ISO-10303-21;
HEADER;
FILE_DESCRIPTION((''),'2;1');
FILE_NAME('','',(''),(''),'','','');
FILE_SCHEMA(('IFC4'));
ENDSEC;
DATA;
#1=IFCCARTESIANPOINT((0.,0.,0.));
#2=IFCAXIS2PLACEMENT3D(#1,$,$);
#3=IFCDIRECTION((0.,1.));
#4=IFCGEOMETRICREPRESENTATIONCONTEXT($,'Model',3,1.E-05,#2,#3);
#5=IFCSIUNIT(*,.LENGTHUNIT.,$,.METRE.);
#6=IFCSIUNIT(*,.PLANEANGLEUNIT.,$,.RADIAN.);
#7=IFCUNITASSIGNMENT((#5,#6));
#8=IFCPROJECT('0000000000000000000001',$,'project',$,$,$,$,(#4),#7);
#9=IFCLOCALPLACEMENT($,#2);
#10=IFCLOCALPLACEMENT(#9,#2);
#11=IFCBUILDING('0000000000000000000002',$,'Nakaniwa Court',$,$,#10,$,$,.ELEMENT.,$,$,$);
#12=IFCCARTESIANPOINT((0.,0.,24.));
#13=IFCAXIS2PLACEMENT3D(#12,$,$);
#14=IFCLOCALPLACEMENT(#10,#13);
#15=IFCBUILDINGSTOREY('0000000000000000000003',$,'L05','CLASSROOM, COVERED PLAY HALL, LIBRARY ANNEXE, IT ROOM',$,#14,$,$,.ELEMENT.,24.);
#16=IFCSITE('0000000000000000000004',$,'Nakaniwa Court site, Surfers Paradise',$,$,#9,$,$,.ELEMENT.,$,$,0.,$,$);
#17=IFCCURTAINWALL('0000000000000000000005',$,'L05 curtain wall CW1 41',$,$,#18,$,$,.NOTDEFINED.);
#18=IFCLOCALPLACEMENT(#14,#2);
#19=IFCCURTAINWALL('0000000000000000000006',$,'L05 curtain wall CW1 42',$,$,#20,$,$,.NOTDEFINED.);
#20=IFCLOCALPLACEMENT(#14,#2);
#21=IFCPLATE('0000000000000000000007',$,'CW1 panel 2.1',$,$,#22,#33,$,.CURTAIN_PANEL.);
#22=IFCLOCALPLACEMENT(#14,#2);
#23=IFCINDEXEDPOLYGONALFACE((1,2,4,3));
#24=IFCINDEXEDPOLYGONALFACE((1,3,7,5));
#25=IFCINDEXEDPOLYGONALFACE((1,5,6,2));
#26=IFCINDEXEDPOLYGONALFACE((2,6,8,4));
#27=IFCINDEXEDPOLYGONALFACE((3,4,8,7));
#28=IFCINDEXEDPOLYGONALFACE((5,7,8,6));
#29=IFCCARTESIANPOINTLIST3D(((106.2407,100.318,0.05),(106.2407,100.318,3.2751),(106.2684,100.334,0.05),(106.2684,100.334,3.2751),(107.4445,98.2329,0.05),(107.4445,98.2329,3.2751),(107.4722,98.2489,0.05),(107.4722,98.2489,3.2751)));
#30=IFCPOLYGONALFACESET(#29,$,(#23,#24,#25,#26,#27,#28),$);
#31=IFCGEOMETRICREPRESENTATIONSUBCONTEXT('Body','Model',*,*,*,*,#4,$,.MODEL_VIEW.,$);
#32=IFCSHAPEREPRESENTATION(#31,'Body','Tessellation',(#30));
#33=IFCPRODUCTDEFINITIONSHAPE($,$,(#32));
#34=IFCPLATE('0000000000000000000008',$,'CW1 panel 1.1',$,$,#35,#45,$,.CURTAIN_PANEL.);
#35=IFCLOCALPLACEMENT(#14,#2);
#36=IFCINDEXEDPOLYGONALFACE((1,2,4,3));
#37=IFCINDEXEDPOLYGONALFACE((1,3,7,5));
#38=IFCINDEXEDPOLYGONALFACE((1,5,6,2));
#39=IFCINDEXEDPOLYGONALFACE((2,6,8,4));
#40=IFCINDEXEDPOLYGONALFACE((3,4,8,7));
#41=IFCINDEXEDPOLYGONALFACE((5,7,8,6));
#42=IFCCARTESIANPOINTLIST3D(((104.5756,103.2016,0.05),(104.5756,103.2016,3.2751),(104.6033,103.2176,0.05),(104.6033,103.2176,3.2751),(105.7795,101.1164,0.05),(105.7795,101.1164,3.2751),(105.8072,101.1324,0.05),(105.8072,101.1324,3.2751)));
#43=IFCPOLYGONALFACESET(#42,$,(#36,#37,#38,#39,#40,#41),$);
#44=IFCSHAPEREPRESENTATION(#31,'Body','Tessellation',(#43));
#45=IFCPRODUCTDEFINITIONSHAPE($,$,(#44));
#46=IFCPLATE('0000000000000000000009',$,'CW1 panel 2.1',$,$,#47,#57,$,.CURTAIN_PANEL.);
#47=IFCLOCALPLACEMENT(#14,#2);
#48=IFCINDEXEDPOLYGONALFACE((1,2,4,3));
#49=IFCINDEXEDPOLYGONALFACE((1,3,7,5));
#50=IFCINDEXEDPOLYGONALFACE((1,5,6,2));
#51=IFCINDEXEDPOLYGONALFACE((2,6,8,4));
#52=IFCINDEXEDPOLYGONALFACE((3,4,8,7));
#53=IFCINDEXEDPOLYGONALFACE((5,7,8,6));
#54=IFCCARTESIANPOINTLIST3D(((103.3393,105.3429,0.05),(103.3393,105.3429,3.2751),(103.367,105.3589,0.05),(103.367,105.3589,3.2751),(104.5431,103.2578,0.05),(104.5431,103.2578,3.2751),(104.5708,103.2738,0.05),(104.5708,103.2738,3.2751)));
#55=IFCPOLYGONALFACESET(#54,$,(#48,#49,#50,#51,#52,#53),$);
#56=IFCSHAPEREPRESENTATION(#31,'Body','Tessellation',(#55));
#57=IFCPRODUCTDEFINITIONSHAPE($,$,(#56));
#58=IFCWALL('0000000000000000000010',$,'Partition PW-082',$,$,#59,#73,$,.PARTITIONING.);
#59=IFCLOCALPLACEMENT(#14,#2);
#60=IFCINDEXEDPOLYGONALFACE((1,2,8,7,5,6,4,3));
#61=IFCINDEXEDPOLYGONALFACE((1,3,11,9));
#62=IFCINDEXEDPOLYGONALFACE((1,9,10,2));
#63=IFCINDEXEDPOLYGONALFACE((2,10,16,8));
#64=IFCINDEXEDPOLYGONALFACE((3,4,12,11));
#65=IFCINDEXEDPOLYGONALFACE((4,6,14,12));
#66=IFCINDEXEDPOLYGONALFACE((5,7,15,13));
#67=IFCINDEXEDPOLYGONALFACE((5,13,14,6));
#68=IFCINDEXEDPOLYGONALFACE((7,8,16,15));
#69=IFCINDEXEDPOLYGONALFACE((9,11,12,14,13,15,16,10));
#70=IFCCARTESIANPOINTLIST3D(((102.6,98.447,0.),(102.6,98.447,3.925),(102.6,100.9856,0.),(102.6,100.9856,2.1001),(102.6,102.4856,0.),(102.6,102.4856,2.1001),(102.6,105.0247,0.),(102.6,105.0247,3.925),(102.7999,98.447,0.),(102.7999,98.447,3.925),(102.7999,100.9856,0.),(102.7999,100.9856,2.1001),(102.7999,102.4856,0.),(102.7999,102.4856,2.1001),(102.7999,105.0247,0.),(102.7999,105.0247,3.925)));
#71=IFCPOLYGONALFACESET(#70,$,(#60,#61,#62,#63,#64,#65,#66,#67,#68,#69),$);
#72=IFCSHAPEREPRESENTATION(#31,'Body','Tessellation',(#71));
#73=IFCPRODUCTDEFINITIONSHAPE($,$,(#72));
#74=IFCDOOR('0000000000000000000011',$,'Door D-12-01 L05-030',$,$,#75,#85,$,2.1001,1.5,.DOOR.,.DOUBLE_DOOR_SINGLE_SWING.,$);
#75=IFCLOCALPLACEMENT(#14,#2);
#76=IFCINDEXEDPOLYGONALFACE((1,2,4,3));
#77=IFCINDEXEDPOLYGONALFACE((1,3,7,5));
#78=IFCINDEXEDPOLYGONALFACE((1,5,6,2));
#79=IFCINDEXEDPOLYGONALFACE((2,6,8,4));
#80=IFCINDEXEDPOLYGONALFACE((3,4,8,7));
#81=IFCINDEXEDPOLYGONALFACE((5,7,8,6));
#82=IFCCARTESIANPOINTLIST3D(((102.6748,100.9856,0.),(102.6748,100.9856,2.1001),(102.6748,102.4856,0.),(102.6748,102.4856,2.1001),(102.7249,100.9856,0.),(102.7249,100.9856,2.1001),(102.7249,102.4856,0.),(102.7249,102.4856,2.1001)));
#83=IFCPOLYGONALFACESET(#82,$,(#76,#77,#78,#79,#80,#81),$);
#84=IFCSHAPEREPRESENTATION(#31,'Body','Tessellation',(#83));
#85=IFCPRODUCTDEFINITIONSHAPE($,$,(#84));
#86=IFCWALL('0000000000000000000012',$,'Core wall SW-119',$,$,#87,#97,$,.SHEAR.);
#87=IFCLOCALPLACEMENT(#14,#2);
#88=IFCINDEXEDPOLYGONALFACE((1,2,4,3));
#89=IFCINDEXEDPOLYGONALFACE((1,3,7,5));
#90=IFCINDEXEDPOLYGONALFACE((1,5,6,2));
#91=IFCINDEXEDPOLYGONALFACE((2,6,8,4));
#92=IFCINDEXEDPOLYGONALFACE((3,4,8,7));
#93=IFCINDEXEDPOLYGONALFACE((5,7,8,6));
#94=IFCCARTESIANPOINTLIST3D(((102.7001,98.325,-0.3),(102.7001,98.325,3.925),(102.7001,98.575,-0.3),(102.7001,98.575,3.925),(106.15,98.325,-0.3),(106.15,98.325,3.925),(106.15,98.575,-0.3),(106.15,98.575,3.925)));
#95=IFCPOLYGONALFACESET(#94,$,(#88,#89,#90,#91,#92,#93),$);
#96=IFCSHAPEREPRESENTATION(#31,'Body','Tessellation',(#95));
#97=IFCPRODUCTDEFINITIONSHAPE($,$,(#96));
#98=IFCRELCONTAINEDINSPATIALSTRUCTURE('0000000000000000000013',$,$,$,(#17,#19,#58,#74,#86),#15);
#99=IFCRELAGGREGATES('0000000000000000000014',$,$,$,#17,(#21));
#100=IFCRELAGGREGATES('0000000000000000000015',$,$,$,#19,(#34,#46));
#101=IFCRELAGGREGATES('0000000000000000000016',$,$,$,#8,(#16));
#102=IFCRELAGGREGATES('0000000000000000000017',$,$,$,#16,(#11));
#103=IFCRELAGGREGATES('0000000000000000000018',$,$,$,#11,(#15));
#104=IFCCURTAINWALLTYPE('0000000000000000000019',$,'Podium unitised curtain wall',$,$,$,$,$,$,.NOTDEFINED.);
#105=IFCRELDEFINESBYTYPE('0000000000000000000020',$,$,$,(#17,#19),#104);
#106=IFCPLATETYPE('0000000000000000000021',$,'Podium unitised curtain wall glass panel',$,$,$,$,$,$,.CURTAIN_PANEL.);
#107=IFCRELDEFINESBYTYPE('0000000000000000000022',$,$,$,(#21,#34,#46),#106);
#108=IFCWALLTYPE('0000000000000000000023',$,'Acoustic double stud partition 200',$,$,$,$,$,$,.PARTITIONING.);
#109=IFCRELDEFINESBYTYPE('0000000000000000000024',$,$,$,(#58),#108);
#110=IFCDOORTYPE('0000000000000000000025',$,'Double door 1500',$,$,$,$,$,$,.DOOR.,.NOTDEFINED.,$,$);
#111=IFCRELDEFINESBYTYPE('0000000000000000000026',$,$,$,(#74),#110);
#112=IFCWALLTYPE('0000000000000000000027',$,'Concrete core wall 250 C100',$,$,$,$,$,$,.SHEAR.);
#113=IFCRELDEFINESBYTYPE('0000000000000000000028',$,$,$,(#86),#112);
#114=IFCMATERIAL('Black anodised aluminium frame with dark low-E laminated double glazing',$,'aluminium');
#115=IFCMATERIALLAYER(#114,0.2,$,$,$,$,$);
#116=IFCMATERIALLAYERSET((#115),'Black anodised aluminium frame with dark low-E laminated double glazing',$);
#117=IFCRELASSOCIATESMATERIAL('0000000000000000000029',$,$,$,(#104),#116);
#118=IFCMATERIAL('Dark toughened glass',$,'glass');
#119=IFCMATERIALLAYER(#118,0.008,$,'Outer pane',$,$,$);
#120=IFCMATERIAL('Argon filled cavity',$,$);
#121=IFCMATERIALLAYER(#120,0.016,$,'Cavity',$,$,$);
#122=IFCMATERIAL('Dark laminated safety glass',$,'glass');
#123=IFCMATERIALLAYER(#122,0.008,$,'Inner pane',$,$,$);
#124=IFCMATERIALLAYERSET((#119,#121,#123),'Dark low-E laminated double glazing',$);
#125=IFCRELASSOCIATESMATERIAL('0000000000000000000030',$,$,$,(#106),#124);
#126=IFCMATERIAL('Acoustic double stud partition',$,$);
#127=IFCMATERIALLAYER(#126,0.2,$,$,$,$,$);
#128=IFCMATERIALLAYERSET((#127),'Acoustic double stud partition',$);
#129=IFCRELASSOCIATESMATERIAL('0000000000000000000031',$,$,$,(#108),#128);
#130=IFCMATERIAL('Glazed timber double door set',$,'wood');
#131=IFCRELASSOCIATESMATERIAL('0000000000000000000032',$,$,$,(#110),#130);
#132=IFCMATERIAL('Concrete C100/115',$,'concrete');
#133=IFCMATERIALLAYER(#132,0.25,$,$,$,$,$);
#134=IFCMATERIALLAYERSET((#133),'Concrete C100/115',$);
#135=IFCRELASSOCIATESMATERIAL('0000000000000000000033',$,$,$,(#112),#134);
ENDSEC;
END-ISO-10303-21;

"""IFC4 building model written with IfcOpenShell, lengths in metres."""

from ifc_helpers import new_model, si_unit, direction, frame, frame_2d, origin, origin_2d, place, context, subcontext, project, spatial, rectangle, extrude, material, layer, layer_set, type_object, element, fill, aggregate, save


model = new_model("IFC4")

# Units and contexts
model_context = context("Model", 3, precision=1e-05, world=origin(), true_north=direction((0.0, 1.0)))
body_context = subcontext(model_context, "Body", "Model", "MODEL_VIEW")
ifc_project = project(units=[si_unit("LENGTHUNIT", "METRE"), si_unit("PLANEANGLEUNIT", "RADIAN")], contexts=[model_context])

# Site, building, storey
site_placement = place(None, origin())
site = spatial("IfcSite", under=ifc_project, at=site_placement, Name="Nakaniwa Court site, Surfers Paradise", CompositionType="ELEMENT", RefElevation=0.0)
building_placement = place(site_placement, origin())
building = spatial("IfcBuilding", under=site, at=building_placement, Name="Nakaniwa Court", CompositionType="ELEMENT")
storey_placement = place(building_placement, frame((0.0, 0.0, 24.0)))
storey = spatial("IfcBuildingStorey", under=building, at=storey_placement, Name="L05", Description="CLASSROOM, COVERED PLAY HALL, LIBRARY ANNEXE, IT ROOM", CompositionType="ELEMENT", Elevation=24.0)

# Shared definitions
ifc_material_1 = material(Name="Concrete C100/115", Category="concrete")

# Curtain walls
ifc_material_2 = material(Name="Black anodised aluminium frame with dark low-E laminated double glazing", Category="aluminium")
ifc_layer_1 = layer(ifc_material_2, 0.2)
ifc_layer_set_1 = layer_set([ifc_layer_1], Name="Black anodised aluminium frame with dark low-E laminated double glazing")
curtain_wall_type = type_object("IfcCurtainWallType", Name="Podium unitised curtain wall", PredefinedType="NOTDEFINED", material=ifc_layer_set_1)
curtain_wall_1_placement = place(storey_placement, origin())
curtain_wall_1 = element("IfcCurtainWall", 1, at=curtain_wall_1_placement, inside=storey, type_object=curtain_wall_type, Name="L05 curtain wall CW1 41", PredefinedType="NOTDEFINED")
curtain_wall_2_placement = place(storey_placement, origin())
curtain_wall_2 = element("IfcCurtainWall", 2, at=curtain_wall_2_placement, inside=storey, type_object=curtain_wall_type, Name="L05 curtain wall CW1 42", PredefinedType="NOTDEFINED")

# Plates
ifc_material_3 = material(Name="Dark toughened glass", Category="glass")
ifc_layer_2 = layer(ifc_material_3, 0.008, Name="Outer pane")
ifc_material_4 = material(Name="Argon filled cavity")
ifc_layer_3 = layer(ifc_material_4, 0.016, Name="Cavity")
ifc_material_5 = material(Name="Dark laminated safety glass", Category="glass")
ifc_layer_4 = layer(ifc_material_5, 0.008, Name="Inner pane")
ifc_layer_set_2 = layer_set([ifc_layer_2, ifc_layer_3, ifc_layer_4], Name="Dark low-E laminated double glazing")
plate_type = type_object("IfcPlateType", Name="Podium unitised curtain wall glass panel", PredefinedType="CURTAIN_PANEL", material=ifc_layer_set_2)
plate_1_placement = place(storey_placement, frame((106.8564, 99.2834, 0.05), z_axis=(0.0, 0.0, 1.0), x_axis=(-0.499994, 0.866029, 0.0)))
plate_1 = element("IfcPlate", 3, at=plate_1_placement, type_object=plate_type, Name="CW1 panel 2.1", PredefinedType="CURTAIN_PANEL", context=body_context, shape_type="SweptSolid", body=[
    extrude(rectangle(XDim=2.4077, YDim=0.032, at=origin_2d()), origin(), (0.0, 0.0, 1.0), 3.2251),
])
aggregate(curtain_wall_1, [plate_1])
plate_2_placement = place(storey_placement, frame((105.1914, 102.167, 0.05), z_axis=(0.0, 0.0, 1.0), x_axis=(-0.499988, 0.866032, 0.0)))
plate_2 = element("IfcPlate", 4, at=plate_2_placement, type_object=plate_type, Name="CW1 panel 1.1", PredefinedType="CURTAIN_PANEL", context=body_context, shape_type="SweptSolid", body=[
    extrude(rectangle(XDim=2.4077, YDim=0.032, at=origin_2d()), origin(), (0.0, 0.0, 1.0), 3.2251),
])
plate_3_placement = place(storey_placement, frame((103.9551, 104.3083, 0.05), z_axis=(0.0, 0.0, 1.0), x_axis=(-0.499988, 0.866032, 0.0)))
plate_3 = element("IfcPlate", 5, at=plate_3_placement, type_object=plate_type, Name="CW1 panel 2.1", PredefinedType="CURTAIN_PANEL", context=body_context, shape_type="SweptSolid", body=[
    extrude(rectangle(XDim=2.4077, YDim=0.032, at=origin_2d()), origin(), (0.0, 0.0, 1.0), 3.2251),
])
aggregate(curtain_wall_2, [plate_2, plate_3])

# Wall, opening, door
ifc_material_6 = material(Name="Acoustic double stud partition")
ifc_layer_5 = layer(ifc_material_6, 0.2)
ifc_layer_set_3 = layer_set([ifc_layer_5], Name="Acoustic double stud partition")
wall_type_1 = type_object("IfcWallType", Name="Acoustic double stud partition 200", PredefinedType="PARTITIONING", material=ifc_layer_set_3)
wall_1_placement = place(storey_placement, frame((102.7, 105.0247, 0.0), z_axis=(0.0, 0.0, 1.0), x_axis=(0.0, -1.0, 0.0)))
wall_1 = element("IfcWall", 6, at=wall_1_placement, inside=storey, type_object=wall_type_1, Name="Partition PW-082", PredefinedType="PARTITIONING", context=body_context, shape_type="SweptSolid", body=[
    extrude(rectangle(XDim=6.5776, YDim=0.2, at=frame_2d((3.2888, 0.0))), origin(), (0.0, 0.0, 1.0), 3.925),
])
opening_placement = place(wall_1_placement, frame((2.5391, 0.0, 0.0)))
opening = element("IfcOpeningElement", 7, at=opening_placement, cuts=wall_1, PredefinedType="OPENING", context=body_context, shape_type="SweptSolid", body=[
    extrude(rectangle(XDim=1.5, YDim=2.1001, at=frame_2d((0.75, 1.05))), frame((0.0, 0.1099, 0.0), z_axis=(0.0, -1.0, 0.0), x_axis=(1.0, 0.0, 0.0)), (0.0, 0.0, 1.0), 0.22),
])
ifc_material_7 = material(Name="Glazed timber double door set", Category="wood")
door_type = type_object("IfcDoorType", Name="Double door 1500", OperationType="NOTDEFINED", PredefinedType="DOOR", material=ifc_material_7)
door_placement = place(opening_placement, origin())
door = element("IfcDoor", 8, at=door_placement, inside=storey, type_object=door_type, Name="Door D-12-01 L05-030", OperationType="DOUBLE_DOOR_SINGLE_SWING", OverallHeight=2.1001, OverallWidth=1.5, PredefinedType="DOOR", context=body_context, shape_type="SweptSolid", body=[
    extrude(rectangle(XDim=1.5, YDim=2.1001, at=frame_2d((0.75, 1.05))), frame((0.0, 0.0249, 0.0), z_axis=(0.0, -1.0, 0.0), x_axis=(1.0, 0.0, 0.0)), (0.0, 0.0, 1.0), 0.05),
])
fill(opening, door)

# Wall
ifc_layer_6 = layer(ifc_material_1, 0.25)
ifc_layer_set_4 = layer_set([ifc_layer_6], Name="Concrete C100/115")
wall_type_2 = type_object("IfcWallType", Name="Concrete core wall 250 C100", PredefinedType="SHEAR", material=ifc_layer_set_4)
wall_2_placement = place(storey_placement, frame((102.7, 98.45, -0.3), z_axis=(0.0, 0.0, 1.0), x_axis=(1.0, 0.0, 0.0)))
element("IfcWall", 9, at=wall_2_placement, inside=storey, type_object=wall_type_2, Name="Core wall SW-119", PredefinedType="SHEAR", context=body_context, shape_type="SweptSolid", body=[
    extrude(rectangle(XDim=3.45, YDim=0.25, at=frame_2d((1.7251, 0.0))), origin(), (0.0, 0.0, 1.0), 4.2251),
])

save(model, "model.ifc")
